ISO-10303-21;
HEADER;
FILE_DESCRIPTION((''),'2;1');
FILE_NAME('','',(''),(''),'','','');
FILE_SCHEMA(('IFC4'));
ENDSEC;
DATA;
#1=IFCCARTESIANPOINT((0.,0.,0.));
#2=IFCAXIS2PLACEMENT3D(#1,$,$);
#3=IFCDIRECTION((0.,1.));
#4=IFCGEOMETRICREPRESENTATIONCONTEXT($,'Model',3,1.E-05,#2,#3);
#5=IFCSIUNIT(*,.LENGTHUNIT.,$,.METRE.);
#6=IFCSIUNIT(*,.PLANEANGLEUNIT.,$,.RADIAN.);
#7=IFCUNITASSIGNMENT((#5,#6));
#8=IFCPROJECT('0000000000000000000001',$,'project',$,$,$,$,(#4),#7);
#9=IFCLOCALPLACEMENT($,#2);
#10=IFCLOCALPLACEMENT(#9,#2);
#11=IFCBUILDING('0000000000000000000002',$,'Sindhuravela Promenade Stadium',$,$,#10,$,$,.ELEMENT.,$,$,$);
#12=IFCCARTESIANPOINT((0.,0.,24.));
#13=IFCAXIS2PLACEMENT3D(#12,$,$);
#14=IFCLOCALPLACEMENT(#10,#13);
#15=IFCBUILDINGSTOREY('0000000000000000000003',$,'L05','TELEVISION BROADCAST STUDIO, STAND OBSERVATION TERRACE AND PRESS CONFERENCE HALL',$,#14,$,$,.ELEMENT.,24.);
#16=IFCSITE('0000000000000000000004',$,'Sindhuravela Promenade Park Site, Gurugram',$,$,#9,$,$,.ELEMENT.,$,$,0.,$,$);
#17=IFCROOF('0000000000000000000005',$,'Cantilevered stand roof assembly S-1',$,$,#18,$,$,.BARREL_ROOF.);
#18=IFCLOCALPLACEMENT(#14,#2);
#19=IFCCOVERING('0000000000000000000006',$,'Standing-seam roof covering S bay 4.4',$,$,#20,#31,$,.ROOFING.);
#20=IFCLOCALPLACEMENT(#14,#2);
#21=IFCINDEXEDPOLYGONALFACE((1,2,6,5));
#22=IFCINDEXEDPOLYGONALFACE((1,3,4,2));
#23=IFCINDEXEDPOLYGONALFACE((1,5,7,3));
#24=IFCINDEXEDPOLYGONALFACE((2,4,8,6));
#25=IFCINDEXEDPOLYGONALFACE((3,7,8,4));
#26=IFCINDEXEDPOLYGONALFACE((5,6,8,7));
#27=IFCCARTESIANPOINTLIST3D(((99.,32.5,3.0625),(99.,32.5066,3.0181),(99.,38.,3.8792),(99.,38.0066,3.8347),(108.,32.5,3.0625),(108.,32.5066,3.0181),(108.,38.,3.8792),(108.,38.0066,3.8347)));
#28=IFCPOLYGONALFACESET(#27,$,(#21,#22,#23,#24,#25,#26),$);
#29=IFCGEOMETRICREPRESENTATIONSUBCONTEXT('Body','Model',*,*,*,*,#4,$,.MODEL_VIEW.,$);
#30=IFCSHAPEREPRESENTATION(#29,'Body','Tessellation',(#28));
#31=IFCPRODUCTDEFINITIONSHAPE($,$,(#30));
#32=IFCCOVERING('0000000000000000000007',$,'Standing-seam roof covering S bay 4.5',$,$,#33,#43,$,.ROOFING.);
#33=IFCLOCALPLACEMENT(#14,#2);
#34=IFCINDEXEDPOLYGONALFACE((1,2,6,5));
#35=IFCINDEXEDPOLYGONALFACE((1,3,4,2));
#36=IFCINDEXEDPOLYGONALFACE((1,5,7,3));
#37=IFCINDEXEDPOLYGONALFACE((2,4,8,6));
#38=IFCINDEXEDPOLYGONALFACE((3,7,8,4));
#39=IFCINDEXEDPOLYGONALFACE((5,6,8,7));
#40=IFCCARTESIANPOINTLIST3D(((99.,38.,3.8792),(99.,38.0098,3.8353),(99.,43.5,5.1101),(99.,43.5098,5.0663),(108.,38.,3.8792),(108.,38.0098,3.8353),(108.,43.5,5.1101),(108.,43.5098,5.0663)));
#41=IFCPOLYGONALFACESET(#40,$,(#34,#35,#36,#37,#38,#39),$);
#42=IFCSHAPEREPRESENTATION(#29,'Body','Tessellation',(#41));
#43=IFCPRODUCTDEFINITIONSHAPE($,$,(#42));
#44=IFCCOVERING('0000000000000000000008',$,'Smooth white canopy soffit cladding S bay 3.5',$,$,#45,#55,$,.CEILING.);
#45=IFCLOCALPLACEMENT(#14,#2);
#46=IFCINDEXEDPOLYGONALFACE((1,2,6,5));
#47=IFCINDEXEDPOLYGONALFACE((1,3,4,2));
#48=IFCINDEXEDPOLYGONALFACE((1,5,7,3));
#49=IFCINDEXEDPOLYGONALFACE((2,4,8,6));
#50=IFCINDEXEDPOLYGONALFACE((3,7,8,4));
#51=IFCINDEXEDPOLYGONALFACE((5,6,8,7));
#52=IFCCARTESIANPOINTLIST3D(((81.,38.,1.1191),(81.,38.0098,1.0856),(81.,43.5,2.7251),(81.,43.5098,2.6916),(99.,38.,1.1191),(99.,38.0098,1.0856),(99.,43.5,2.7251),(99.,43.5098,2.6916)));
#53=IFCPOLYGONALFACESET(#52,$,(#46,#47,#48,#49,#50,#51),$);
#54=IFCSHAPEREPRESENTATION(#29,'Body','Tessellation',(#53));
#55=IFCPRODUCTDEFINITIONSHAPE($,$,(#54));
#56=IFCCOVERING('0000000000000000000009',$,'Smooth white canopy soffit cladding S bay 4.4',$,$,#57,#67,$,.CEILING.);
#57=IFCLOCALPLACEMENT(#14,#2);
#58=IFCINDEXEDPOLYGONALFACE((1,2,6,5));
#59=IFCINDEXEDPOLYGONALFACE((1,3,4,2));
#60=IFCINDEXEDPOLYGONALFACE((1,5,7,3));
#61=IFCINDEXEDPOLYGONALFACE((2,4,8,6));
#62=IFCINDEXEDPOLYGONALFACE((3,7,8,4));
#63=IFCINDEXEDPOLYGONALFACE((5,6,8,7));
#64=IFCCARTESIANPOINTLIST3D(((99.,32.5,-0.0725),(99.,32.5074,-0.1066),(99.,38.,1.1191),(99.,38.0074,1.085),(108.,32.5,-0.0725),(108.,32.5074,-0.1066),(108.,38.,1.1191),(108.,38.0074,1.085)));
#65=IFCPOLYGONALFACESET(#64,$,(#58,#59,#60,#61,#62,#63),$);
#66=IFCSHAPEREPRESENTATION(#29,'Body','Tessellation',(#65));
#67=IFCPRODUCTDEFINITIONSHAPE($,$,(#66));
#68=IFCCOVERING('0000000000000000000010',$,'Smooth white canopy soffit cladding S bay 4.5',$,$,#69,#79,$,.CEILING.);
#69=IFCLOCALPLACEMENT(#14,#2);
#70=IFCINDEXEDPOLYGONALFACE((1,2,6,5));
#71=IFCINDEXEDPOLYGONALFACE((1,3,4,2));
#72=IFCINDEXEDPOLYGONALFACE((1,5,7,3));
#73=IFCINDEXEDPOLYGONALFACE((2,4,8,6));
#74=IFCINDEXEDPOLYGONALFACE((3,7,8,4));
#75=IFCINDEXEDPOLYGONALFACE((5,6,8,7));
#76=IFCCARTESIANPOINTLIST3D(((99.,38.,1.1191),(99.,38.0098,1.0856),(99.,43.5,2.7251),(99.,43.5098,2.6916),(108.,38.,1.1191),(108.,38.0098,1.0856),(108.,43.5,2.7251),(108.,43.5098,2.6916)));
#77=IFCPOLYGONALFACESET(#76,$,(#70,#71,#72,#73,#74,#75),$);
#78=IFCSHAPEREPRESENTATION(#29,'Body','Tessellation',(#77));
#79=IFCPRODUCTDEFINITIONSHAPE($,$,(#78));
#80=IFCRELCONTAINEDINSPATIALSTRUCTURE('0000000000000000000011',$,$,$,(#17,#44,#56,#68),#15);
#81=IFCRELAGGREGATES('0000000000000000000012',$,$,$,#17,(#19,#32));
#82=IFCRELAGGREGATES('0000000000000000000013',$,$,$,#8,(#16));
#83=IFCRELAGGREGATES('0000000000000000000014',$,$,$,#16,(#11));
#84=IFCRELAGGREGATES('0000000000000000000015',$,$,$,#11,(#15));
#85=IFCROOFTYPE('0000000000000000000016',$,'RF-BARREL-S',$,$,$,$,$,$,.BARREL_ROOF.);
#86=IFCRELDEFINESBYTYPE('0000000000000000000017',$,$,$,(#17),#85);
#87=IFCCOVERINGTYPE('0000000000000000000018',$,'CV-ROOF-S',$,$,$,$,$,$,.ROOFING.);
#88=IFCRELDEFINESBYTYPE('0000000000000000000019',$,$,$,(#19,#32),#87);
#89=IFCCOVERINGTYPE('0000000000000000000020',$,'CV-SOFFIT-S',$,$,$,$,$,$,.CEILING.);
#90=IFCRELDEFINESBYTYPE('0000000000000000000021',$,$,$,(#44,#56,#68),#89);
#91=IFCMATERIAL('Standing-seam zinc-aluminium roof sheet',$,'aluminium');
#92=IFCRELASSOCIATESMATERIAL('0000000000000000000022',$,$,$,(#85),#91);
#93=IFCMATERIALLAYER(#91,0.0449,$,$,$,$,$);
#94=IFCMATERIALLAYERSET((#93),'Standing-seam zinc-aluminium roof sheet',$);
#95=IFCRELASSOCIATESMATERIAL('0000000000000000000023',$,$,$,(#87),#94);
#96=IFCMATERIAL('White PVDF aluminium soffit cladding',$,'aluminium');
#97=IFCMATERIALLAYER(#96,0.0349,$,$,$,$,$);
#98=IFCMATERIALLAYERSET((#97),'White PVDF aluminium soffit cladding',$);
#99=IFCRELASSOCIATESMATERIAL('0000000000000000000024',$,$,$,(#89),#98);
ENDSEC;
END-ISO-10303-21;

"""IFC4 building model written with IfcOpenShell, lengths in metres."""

from ifc_helpers import new_model, si_unit, direction, frame, origin, place, context, subcontext, project, spatial, polyline, outline, extrude, material, layer, layer_set, type_object, element, aggregate, save


model = new_model("IFC4")

# Units and contexts
model_context = context("Model", 3, precision=1e-05, world=origin(), true_north=direction((0.0, 1.0)))
body_context = subcontext(model_context, "Body", "Model", "MODEL_VIEW")
ifc_project = project(units=[si_unit("LENGTHUNIT", "METRE"), si_unit("PLANEANGLEUNIT", "RADIAN")], contexts=[model_context])

# Site, building, storey
site_placement = place(None, origin())
site = spatial("IfcSite", under=ifc_project, at=site_placement, Name="Sindhuravela Promenade Park Site, Gurugram", CompositionType="ELEMENT", RefElevation=0.0)
building_placement = place(site_placement, origin())
building = spatial("IfcBuilding", under=site, at=building_placement, Name="Sindhuravela Promenade Stadium", CompositionType="ELEMENT")
storey_placement = place(building_placement, frame((0.0, 0.0, 24.0)))
storey = spatial("IfcBuildingStorey", under=building, at=storey_placement, Name="L05", Description="TELEVISION BROADCAST STUDIO, STAND OBSERVATION TERRACE AND PRESS CONFERENCE HALL", CompositionType="ELEMENT", Elevation=24.0)

# Roof, coverings
ifc_material_1 = material(Name="Standing-seam zinc-aluminium roof sheet", Category="aluminium")
roof_type = type_object("IfcRoofType", Name="RF-BARREL-S", PredefinedType="BARREL_ROOF", material=ifc_material_1)
roof_placement = place(storey_placement, origin())
roof = element("IfcRoof", 1, at=roof_placement, inside=storey, type_object=roof_type, Name="Cantilevered stand roof assembly S-1", PredefinedType="BARREL_ROOF")
ifc_layer_1 = layer(ifc_material_1, 0.0449)
ifc_layer_set_1 = layer_set([ifc_layer_1], Name="Standing-seam zinc-aluminium roof sheet")
covering_type_1 = type_object("IfcCoveringType", Name="CV-ROOF-S", PredefinedType="ROOFING", material=ifc_layer_set_1)
covering_1_placement = place(storey_placement, frame((99.0, 32.5, 3.0625), z_axis=(0.0, -0.146872, 0.989156), x_axis=(1.0, 0.0, 0.0)))
covering_1 = element("IfcCovering", 2, at=covering_1_placement, type_object=covering_type_1, Name="Standing-seam roof covering S bay 4.4", PredefinedType="ROOFING", context=body_context, shape_type="SweptSolid", body=[
    extrude(outline(polyline([(0.0, 0.0), (9.0, 0.0), (9.0, 5.5603), (0.0, 5.5603), (0.0, 0.0)])), origin(), (0.0, 0.0, -1.0), 0.0449),
])
covering_2_placement = place(storey_placement, frame((99.0, 38.0, 3.8792), z_axis=(0.0, -0.218407, 0.975858), x_axis=(1.0, 0.0, 0.0)))
covering_2 = element("IfcCovering", 3, at=covering_2_placement, type_object=covering_type_1, Name="Standing-seam roof covering S bay 4.5", PredefinedType="ROOFING", context=body_context, shape_type="SweptSolid", body=[
    extrude(outline(polyline([(0.0, 0.0), (9.0, 0.0), (9.0, 5.6361), (0.0, 5.6361), (0.0, 0.0)])), origin(), (0.0, 0.0, -1.0), 0.0449),
])
aggregate(roof, [covering_1, covering_2])

# Coverings
ifc_material_2 = material(Name="White PVDF aluminium soffit cladding", Category="aluminium")
ifc_layer_2 = layer(ifc_material_2, 0.0349)
ifc_layer_set_2 = layer_set([ifc_layer_2], Name="White PVDF aluminium soffit cladding")
covering_type_2 = type_object("IfcCoveringType", Name="CV-SOFFIT-S", PredefinedType="CEILING", material=ifc_layer_set_2)
covering_3_placement = place(storey_placement, frame((81.0, 38.0, 1.1191), z_axis=(0.0, -0.280288, 0.959916), x_axis=(1.0, 0.0, 0.0)))
element("IfcCovering", 4, at=covering_3_placement, inside=storey, type_object=covering_type_2, Name="Smooth white canopy soffit cladding S bay 3.5", PredefinedType="CEILING", context=body_context, shape_type="SweptSolid", body=[
    extrude(outline(polyline([(0.0, 0.0), (18.0, 0.0), (18.0, 5.7297), (0.0, 5.7297), (0.0, 0.0)])), origin(), (0.0, 0.0, -1.0), 0.0349),
])
covering_4_placement = place(storey_placement, frame((99.0, 32.5, -0.0725), z_axis=(0.0, -0.211751, 0.977324), x_axis=(1.0, 0.0, 0.0)))
element("IfcCovering", 5, at=covering_4_placement, inside=storey, type_object=covering_type_2, Name="Smooth white canopy soffit cladding S bay 4.4", PredefinedType="CEILING", context=body_context, shape_type="SweptSolid", body=[
    extrude(outline(polyline([(0.0, 0.0), (9.0, 0.0), (9.0, 5.6276), (0.0, 5.6276), (0.0, 0.0)])), origin(), (0.0, 0.0, -1.0), 0.0349),
])
covering_5_placement = place(storey_placement, frame((99.0, 38.0, 1.1191), z_axis=(0.0, -0.280288, 0.959916), x_axis=(1.0, 0.0, 0.0)))
element("IfcCovering", 6, at=covering_5_placement, inside=storey, type_object=covering_type_2, Name="Smooth white canopy soffit cladding S bay 4.5", PredefinedType="CEILING", context=body_context, shape_type="SweptSolid", body=[
    extrude(outline(polyline([(0.0, 0.0), (9.0, 0.0), (9.0, 5.7297), (0.0, 5.7297), (0.0, 0.0)])), origin(), (0.0, 0.0, -1.0), 0.0349),
])

save(model, "model.ifc")
